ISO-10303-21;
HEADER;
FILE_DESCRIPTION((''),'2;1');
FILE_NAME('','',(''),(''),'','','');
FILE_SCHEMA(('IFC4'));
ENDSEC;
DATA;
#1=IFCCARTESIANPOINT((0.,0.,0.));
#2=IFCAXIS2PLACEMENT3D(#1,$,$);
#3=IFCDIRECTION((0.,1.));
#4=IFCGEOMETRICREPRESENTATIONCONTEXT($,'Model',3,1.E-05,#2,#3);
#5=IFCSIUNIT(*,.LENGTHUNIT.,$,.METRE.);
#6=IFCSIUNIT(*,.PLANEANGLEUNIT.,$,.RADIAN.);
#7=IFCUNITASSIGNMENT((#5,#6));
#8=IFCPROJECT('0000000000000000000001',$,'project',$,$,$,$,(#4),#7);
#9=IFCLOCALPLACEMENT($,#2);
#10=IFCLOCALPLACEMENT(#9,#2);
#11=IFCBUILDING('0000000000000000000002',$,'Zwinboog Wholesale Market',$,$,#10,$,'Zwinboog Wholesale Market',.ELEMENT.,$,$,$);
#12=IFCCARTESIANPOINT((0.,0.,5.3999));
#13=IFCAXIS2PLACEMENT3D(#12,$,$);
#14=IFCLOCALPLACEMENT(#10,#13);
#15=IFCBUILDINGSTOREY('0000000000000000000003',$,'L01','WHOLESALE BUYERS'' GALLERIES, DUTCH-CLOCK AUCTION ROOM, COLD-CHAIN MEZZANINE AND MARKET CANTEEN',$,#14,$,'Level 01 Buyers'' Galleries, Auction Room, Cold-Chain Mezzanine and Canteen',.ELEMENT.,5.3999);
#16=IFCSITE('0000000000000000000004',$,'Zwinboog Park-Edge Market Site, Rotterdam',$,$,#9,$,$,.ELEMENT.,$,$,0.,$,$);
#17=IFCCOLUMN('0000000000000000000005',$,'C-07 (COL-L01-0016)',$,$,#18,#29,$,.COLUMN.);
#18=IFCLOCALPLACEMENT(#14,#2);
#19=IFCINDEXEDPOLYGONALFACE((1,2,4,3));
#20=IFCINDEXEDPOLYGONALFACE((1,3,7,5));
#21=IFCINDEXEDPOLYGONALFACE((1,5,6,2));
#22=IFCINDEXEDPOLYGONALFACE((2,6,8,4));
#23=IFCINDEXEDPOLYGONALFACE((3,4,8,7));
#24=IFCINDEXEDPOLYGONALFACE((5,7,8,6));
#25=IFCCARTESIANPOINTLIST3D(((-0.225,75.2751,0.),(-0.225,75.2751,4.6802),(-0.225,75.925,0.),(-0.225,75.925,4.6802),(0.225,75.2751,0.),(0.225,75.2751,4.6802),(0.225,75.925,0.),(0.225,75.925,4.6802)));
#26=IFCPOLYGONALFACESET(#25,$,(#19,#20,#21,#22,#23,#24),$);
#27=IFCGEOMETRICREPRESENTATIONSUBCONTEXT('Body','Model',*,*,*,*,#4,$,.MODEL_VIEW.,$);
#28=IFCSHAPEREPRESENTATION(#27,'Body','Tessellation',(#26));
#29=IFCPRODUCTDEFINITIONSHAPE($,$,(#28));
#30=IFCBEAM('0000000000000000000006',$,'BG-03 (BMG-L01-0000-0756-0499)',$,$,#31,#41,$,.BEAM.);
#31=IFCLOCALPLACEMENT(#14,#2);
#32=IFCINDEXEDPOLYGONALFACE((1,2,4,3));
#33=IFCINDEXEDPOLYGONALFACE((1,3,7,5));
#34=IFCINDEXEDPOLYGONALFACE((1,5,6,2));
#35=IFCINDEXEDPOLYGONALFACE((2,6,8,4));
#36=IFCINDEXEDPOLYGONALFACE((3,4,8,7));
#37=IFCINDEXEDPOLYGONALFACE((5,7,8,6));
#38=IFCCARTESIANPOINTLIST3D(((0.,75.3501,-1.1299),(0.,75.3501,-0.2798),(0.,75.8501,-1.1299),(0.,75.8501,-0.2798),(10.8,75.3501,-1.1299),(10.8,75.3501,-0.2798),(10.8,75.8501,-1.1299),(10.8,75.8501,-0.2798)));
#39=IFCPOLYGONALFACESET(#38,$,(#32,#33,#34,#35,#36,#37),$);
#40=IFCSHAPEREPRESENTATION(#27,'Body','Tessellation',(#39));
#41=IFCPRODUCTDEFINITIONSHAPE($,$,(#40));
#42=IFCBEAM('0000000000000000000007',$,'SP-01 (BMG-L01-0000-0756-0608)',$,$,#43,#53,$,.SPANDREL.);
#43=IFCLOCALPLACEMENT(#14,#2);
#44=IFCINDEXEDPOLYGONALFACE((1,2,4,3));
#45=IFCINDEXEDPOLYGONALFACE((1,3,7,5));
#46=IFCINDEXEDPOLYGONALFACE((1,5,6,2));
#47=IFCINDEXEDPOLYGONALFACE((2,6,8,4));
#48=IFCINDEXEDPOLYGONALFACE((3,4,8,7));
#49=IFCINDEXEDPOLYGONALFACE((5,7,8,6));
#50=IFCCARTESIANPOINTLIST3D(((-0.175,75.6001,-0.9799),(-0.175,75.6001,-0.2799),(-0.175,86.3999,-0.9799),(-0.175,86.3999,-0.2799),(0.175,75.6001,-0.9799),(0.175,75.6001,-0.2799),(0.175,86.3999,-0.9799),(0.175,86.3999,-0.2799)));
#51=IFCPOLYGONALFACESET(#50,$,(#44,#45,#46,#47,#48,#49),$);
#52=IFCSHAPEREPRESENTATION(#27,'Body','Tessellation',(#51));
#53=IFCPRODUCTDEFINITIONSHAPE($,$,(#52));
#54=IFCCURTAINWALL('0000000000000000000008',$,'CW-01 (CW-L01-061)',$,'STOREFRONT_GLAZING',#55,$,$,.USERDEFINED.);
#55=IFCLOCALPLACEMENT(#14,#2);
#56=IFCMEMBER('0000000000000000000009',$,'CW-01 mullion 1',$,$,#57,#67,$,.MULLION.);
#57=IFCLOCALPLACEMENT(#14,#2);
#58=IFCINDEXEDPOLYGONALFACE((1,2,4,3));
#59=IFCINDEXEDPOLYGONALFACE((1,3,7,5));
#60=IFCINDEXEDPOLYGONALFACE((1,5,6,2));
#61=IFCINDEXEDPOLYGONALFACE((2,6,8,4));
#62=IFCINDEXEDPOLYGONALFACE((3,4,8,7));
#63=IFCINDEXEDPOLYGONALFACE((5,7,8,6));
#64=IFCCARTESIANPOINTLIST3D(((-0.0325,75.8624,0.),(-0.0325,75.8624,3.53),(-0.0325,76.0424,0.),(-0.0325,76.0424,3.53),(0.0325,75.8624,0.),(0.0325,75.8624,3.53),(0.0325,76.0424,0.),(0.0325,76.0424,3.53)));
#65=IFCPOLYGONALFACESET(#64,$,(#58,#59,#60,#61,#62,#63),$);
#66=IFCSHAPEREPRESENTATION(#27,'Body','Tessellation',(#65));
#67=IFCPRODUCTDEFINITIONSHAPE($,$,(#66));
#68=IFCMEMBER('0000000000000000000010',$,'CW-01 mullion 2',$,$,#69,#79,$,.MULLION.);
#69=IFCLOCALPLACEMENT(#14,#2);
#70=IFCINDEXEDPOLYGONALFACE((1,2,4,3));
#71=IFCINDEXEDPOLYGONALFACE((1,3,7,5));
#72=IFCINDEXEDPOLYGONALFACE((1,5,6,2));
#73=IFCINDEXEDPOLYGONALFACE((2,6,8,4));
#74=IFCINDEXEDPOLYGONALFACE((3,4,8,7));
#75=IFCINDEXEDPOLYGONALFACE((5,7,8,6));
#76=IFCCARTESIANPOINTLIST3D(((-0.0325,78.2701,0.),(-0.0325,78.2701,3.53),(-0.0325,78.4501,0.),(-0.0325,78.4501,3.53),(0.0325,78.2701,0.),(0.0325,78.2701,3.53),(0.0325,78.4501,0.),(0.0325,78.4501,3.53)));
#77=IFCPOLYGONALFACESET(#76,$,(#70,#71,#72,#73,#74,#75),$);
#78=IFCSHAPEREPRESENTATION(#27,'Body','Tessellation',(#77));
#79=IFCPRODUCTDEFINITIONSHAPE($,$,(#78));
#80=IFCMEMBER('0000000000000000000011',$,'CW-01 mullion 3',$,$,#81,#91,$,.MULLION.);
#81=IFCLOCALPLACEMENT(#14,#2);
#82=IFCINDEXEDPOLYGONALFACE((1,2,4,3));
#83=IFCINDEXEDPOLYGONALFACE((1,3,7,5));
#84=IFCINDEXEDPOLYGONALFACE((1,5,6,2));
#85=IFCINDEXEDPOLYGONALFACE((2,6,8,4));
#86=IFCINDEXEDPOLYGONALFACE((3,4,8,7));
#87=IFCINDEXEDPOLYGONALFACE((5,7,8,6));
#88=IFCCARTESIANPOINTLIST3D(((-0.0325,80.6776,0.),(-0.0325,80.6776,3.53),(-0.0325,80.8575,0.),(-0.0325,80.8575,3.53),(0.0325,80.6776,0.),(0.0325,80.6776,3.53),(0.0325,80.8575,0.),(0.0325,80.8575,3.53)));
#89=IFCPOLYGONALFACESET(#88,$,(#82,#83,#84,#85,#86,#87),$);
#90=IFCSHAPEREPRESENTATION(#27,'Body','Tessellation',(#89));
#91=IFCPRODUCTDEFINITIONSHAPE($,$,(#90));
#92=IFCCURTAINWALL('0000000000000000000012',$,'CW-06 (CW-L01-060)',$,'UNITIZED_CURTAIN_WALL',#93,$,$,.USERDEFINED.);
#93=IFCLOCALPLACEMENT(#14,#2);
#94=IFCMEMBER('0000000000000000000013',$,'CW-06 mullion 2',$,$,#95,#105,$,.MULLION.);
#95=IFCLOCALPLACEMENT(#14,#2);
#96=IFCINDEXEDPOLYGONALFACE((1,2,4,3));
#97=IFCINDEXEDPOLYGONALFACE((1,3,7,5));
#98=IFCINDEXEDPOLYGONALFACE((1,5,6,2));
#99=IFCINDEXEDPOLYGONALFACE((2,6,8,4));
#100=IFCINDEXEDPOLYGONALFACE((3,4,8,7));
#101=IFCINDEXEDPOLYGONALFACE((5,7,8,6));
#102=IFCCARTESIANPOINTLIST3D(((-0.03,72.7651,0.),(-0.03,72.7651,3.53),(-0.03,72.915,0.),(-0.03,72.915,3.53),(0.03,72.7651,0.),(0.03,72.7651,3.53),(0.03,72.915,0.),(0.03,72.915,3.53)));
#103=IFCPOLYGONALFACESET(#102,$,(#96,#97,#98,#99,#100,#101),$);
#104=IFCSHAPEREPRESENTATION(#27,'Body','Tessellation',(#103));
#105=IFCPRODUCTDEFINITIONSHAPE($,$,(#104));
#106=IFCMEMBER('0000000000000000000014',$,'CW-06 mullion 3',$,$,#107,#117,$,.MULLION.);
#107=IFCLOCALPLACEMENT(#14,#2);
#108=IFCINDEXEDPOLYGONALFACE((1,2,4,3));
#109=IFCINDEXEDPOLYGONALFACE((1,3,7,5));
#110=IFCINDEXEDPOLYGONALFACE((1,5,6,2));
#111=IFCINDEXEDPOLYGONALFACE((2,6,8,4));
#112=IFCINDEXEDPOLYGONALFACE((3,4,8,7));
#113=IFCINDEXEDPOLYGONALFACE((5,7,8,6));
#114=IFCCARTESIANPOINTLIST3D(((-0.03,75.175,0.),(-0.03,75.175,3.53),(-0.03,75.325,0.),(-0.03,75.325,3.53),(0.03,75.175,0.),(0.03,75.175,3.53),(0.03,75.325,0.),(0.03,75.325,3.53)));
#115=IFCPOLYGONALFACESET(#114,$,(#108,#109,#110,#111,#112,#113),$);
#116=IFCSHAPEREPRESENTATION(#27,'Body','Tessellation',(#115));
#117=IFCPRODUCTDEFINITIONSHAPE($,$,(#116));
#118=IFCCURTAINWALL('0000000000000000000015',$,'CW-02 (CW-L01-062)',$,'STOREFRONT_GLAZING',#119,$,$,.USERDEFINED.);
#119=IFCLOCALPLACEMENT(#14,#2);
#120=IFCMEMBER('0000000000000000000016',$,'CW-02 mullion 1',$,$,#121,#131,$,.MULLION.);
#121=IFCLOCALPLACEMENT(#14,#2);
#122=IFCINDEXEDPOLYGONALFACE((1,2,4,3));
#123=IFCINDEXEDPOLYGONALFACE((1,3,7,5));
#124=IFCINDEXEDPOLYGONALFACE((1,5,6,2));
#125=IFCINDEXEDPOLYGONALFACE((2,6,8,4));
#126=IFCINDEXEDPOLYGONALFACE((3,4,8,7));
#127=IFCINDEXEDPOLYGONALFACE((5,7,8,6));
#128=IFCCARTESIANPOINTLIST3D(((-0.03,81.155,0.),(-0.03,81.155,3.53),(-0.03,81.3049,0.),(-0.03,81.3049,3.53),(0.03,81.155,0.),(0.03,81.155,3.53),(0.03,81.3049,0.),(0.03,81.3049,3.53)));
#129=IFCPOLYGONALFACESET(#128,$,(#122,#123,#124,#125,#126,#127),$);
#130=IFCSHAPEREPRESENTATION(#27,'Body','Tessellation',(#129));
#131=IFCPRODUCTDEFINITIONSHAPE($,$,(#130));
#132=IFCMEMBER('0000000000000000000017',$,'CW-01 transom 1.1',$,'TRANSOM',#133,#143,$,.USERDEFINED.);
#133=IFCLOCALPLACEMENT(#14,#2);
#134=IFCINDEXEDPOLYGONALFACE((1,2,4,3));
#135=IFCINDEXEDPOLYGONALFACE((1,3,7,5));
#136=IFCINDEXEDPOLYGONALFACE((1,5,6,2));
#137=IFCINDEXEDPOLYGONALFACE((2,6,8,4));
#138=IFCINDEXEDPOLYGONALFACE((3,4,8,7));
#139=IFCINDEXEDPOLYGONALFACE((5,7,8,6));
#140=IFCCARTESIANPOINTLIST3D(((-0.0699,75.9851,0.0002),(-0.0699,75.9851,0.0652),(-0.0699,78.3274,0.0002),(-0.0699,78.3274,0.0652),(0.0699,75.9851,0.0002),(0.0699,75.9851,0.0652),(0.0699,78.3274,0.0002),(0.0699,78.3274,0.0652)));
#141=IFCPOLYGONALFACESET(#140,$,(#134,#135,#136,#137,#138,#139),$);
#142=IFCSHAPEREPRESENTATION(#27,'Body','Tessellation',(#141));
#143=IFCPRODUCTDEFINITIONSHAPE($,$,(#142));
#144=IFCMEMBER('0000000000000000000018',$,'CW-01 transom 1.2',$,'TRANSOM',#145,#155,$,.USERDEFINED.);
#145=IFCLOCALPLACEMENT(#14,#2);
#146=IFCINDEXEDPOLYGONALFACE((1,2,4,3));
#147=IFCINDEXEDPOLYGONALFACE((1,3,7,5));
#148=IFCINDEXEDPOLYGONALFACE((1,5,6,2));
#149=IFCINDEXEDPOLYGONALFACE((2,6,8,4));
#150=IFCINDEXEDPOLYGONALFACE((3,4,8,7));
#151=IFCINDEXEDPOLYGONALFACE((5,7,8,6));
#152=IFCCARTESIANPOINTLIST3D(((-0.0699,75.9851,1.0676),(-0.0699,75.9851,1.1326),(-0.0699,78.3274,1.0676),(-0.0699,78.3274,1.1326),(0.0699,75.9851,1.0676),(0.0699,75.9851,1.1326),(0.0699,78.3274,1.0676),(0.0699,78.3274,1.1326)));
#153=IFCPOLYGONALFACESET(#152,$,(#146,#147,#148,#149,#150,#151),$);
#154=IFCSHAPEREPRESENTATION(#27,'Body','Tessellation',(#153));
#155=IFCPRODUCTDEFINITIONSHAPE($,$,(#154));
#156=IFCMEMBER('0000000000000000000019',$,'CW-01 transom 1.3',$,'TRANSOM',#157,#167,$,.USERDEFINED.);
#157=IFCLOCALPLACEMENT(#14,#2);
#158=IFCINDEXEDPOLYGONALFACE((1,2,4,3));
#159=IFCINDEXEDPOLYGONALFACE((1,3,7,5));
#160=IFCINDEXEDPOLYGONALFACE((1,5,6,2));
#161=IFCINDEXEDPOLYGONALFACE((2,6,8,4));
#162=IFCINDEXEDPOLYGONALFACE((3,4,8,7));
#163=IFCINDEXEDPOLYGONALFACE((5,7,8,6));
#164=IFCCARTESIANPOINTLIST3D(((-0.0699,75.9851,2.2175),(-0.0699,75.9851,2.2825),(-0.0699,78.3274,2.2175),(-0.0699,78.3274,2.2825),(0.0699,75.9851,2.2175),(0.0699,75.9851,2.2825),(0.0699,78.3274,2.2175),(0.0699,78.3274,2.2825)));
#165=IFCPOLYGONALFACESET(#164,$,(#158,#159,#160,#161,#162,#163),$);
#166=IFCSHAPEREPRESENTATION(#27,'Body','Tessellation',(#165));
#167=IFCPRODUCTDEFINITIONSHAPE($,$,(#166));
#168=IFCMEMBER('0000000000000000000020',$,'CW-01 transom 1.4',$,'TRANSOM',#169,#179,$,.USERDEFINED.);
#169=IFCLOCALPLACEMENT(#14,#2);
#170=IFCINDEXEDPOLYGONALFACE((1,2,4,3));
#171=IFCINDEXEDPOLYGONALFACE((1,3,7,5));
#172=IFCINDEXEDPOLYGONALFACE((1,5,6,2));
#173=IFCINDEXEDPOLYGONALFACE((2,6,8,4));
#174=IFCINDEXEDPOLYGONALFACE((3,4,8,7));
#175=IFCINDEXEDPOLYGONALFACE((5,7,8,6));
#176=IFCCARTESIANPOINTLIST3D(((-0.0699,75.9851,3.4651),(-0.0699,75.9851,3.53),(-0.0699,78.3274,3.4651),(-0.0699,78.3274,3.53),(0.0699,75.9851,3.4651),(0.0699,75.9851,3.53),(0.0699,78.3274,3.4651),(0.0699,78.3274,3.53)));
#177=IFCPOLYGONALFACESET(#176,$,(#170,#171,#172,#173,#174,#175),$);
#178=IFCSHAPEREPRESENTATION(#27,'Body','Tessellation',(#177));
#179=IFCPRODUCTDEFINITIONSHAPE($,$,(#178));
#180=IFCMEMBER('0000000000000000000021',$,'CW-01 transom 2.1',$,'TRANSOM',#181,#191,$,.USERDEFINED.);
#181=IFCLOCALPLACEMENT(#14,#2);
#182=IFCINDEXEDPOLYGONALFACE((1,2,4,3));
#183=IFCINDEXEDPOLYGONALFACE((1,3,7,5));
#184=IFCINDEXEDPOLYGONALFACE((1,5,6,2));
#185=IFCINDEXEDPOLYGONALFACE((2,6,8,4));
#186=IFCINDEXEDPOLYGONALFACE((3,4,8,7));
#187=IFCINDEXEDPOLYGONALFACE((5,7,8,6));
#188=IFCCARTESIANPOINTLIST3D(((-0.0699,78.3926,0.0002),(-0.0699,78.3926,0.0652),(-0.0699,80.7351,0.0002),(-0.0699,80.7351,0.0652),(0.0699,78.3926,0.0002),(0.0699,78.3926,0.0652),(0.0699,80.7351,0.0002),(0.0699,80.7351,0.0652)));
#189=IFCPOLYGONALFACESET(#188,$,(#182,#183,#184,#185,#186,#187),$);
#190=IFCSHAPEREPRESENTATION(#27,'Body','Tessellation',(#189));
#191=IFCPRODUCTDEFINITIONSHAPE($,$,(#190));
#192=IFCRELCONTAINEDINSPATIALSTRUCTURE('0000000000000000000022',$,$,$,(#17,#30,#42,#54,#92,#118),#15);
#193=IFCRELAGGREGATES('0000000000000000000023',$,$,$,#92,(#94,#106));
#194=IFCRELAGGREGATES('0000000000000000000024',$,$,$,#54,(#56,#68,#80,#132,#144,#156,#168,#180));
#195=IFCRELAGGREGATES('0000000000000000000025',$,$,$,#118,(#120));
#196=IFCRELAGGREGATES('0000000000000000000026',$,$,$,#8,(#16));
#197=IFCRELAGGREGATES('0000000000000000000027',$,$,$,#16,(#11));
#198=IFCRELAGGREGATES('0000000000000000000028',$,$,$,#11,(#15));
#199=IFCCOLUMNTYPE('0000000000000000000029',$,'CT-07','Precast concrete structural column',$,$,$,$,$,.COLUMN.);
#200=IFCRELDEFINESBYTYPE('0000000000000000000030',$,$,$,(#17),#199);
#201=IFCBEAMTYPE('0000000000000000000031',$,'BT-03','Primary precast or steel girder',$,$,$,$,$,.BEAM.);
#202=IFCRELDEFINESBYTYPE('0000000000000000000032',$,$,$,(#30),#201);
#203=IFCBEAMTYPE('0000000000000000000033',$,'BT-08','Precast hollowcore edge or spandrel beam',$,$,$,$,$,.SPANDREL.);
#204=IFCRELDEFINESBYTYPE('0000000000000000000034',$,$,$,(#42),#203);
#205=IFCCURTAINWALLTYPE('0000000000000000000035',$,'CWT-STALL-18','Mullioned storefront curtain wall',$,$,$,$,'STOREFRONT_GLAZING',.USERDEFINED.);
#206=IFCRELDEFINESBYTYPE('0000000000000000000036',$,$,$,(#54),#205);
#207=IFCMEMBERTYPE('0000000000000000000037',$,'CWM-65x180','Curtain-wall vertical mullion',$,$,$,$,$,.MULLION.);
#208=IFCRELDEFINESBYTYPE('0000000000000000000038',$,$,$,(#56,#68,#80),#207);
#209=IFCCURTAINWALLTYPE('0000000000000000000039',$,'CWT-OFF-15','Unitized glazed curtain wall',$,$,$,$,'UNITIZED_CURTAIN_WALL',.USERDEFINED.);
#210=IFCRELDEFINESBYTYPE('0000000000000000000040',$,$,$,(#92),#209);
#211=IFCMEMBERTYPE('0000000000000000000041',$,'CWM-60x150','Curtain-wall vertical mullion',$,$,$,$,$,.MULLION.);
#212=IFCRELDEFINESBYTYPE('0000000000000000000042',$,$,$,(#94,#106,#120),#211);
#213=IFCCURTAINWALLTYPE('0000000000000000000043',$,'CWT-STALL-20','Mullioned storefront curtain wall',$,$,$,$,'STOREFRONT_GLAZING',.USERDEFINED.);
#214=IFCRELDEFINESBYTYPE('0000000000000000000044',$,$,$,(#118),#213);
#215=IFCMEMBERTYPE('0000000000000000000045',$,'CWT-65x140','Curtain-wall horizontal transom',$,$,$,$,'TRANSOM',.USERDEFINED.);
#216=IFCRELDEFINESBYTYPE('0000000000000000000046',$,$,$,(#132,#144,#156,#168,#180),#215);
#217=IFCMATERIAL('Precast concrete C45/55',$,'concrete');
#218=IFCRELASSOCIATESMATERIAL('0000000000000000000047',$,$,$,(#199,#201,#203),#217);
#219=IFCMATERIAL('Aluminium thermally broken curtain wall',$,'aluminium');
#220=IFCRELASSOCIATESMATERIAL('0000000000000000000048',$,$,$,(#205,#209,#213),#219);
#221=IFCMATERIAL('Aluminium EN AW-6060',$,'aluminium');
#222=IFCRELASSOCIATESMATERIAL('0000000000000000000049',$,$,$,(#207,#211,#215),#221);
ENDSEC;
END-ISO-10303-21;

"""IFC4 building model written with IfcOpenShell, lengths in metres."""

from ifc_helpers import new_model, si_unit, direction, frame, origin, origin_2d, place, context, subcontext, project, spatial, rectangle, extrude, material, material_profile, profile_set, type_object, element, aggregate, save


model = new_model("IFC4")

# Units and contexts
model_context = context("Model", 3, precision=1e-05, world=origin(), true_north=direction((0.0, 1.0)))
body_context = subcontext(model_context, "Body", "Model", "MODEL_VIEW")
ifc_project = project(units=[si_unit("LENGTHUNIT", "METRE"), si_unit("PLANEANGLEUNIT", "RADIAN")], contexts=[model_context])

# Site, building, storey
site_placement = place(None, origin())
site = spatial("IfcSite", under=ifc_project, at=site_placement, Name="Zwinboog Park-Edge Market Site, Rotterdam", CompositionType="ELEMENT", RefElevation=0.0)
building_placement = place(site_placement, origin())
building = spatial("IfcBuilding", under=site, at=building_placement, Name="Zwinboog Wholesale Market", LongName="Zwinboog Wholesale Market", CompositionType="ELEMENT")
storey_placement = place(building_placement, frame((0.0, 0.0, 5.3999)))
storey = spatial("IfcBuildingStorey", under=building, at=storey_placement, Name="L01", Description="WHOLESALE BUYERS' GALLERIES, DUTCH-CLOCK AUCTION ROOM, COLD-CHAIN MEZZANINE AND MARKET CANTEEN", LongName="Level 01 Buyers' Galleries, Auction Room, Cold-Chain Mezzanine and Canteen", CompositionType="ELEMENT", Elevation=5.3999)

# Column
ifc_material_1 = material(Name="Precast concrete C45/55", Category="concrete")
ifc_material_profile_1 = material_profile(ifc_material_1, rectangle(XDim=0.45, YDim=0.6499, at=origin_2d()), Name="PC 450x650")
ifc_profile_set_1 = profile_set([ifc_material_profile_1], Name="Precast concrete C45/55")
column_type = type_object("IfcColumnType", Name="CT-07", Description="Precast concrete structural column", PredefinedType="COLUMN", material=ifc_profile_set_1)
column_placement = place(storey_placement, frame((0.0, 75.6001, 0.0), z_axis=(0.0, 0.0, 1.0), x_axis=(1.0, 0.0, 0.0)))
element("IfcColumn", 1, at=column_placement, inside=storey, type_object=column_type, Name="C-07 (COL-L01-0016)", PredefinedType="COLUMN", context=body_context, shape_type="SweptSolid", body=[
    extrude(rectangle(XDim=0.45, YDim=0.6499, at=origin_2d()), origin(), (0.0, 0.0, 1.0), 4.6802),
])

# Beams
ifc_material_profile_2 = material_profile(ifc_material_1, rectangle(XDim=0.5, YDim=0.8501, at=origin_2d()), Name="PC 500x850")
ifc_profile_set_2 = profile_set([ifc_material_profile_2], Name="Precast concrete C45/55")
beam_type_1 = type_object("IfcBeamType", Name="BT-03", Description="Primary precast or steel girder", PredefinedType="BEAM", material=ifc_profile_set_2)
beam_1_placement = place(storey_placement, frame((0.0, 75.6001, -0.7048), z_axis=(1.0, 0.0, 0.0), x_axis=(0.0, 1.0, 0.0)))
element("IfcBeam", 2, at=beam_1_placement, inside=storey, type_object=beam_type_1, Name="BG-03 (BMG-L01-0000-0756-0499)", PredefinedType="BEAM", context=body_context, shape_type="SweptSolid", body=[
    extrude(rectangle(XDim=0.5, YDim=0.8501, at=origin_2d()), origin(), (0.0, 0.0, 1.0), 10.8),
])
ifc_material_profile_3 = material_profile(ifc_material_1, rectangle(XDim=0.3501, YDim=0.7, at=origin_2d()), Name="PC 350x700")
ifc_profile_set_3 = profile_set([ifc_material_profile_3], Name="Precast concrete C45/55")
beam_type_2 = type_object("IfcBeamType", Name="BT-08", Description="Precast hollowcore edge or spandrel beam", PredefinedType="SPANDREL", material=ifc_profile_set_3)
beam_2_placement = place(storey_placement, frame((0.0, 75.6001, -0.6299), z_axis=(0.0, 1.0, 0.0), x_axis=(-1.0, 0.0, 0.0)))
element("IfcBeam", 3, at=beam_2_placement, inside=storey, type_object=beam_type_2, Name="SP-01 (BMG-L01-0000-0756-0608)", PredefinedType="SPANDREL", context=body_context, shape_type="SweptSolid", body=[
    extrude(rectangle(XDim=0.3501, YDim=0.7, at=origin_2d()), origin(), (0.0, 0.0, 1.0), 10.7998),
])

# Curtain walls, members
ifc_material_2 = material(Name="Aluminium thermally broken curtain wall", Category="aluminium")
curtain_wall_type_1 = type_object("IfcCurtainWallType", Name="CWT-STALL-18", Description="Mullioned storefront curtain wall", ElementType="STOREFRONT_GLAZING", PredefinedType="USERDEFINED", material=ifc_material_2)
curtain_wall_1_placement = place(storey_placement, origin())
curtain_wall_1 = element("IfcCurtainWall", 4, at=curtain_wall_1_placement, inside=storey, type_object=curtain_wall_type_1, Name="CW-01 (CW-L01-061)", ObjectType="STOREFRONT_GLAZING", PredefinedType="USERDEFINED")
ifc_material_3 = material(Name="Aluminium EN AW-6060", Category="aluminium")
ifc_material_profile_4 = material_profile(ifc_material_3, rectangle(XDim=0.0649, YDim=0.1799, at=origin_2d()), Name="AL 65x180")
ifc_profile_set_4 = profile_set([ifc_material_profile_4], Name="Aluminium EN AW-6060")
member_type_1 = type_object("IfcMemberType", Name="CWM-65x180", Description="Curtain-wall vertical mullion", PredefinedType="MULLION", material=ifc_profile_set_4)
member_1_placement = place(storey_placement, frame((0.0, 75.9524, 0.0), z_axis=(0.0, 0.0, 1.0), x_axis=(-1.0, 0.0, 0.0)))
member_1 = element("IfcMember", 5, at=member_1_placement, type_object=member_type_1, Name="CW-01 mullion 1", PredefinedType="MULLION", context=body_context, shape_type="SweptSolid", body=[
    extrude(rectangle(XDim=0.0649, YDim=0.1799, at=origin_2d()), origin(), (0.0, 0.0, 1.0), 3.53),
])
member_2_placement = place(storey_placement, frame((0.0, 78.3601, 0.0), z_axis=(0.0, 0.0, 1.0), x_axis=(-1.0, 0.0, 0.0)))
member_2 = element("IfcMember", 6, at=member_2_placement, type_object=member_type_1, Name="CW-01 mullion 2", PredefinedType="MULLION", context=body_context, shape_type="SweptSolid", body=[
    extrude(rectangle(XDim=0.0649, YDim=0.1799, at=origin_2d()), origin(), (0.0, 0.0, 1.0), 3.53),
])
member_3_placement = place(storey_placement, frame((0.0, 80.7676, 0.0), z_axis=(0.0, 0.0, 1.0), x_axis=(-1.0, 0.0, 0.0)))
member_3 = element("IfcMember", 7, at=member_3_placement, type_object=member_type_1, Name="CW-01 mullion 3", PredefinedType="MULLION", context=body_context, shape_type="SweptSolid", body=[
    extrude(rectangle(XDim=0.0649, YDim=0.1799, at=origin_2d()), origin(), (0.0, 0.0, 1.0), 3.53),
])
curtain_wall_type_2 = type_object("IfcCurtainWallType", Name="CWT-OFF-15", Description="Unitized glazed curtain wall", ElementType="UNITIZED_CURTAIN_WALL", PredefinedType="USERDEFINED", material=ifc_material_2)
curtain_wall_2_placement = place(storey_placement, origin())
curtain_wall_2 = element("IfcCurtainWall", 8, at=curtain_wall_2_placement, inside=storey, type_object=curtain_wall_type_2, Name="CW-06 (CW-L01-060)", ObjectType="UNITIZED_CURTAIN_WALL", PredefinedType="USERDEFINED")
ifc_material_profile_5 = material_profile(ifc_material_3, rectangle(XDim=0.0601, YDim=0.1499, at=origin_2d()), Name="AL 60x150")
ifc_profile_set_5 = profile_set([ifc_material_profile_5], Name="Aluminium EN AW-6060")
member_type_2 = type_object("IfcMemberType", Name="CWM-60x150", Description="Curtain-wall vertical mullion", PredefinedType="MULLION", material=ifc_profile_set_5)
member_4_placement = place(storey_placement, frame((0.0, 72.8401, 0.0), z_axis=(0.0, 0.0, 1.0), x_axis=(-1.0, 0.0, 0.0)))
member_4 = element("IfcMember", 9, at=member_4_placement, type_object=member_type_2, Name="CW-06 mullion 2", PredefinedType="MULLION", context=body_context, shape_type="SweptSolid", body=[
    extrude(rectangle(XDim=0.0601, YDim=0.1499, at=origin_2d()), origin(), (0.0, 0.0, 1.0), 3.53),
])
member_5_placement = place(storey_placement, frame((0.0, 75.25, 0.0), z_axis=(0.0, 0.0, 1.0), x_axis=(-1.0, 0.0, 0.0)))
member_5 = element("IfcMember", 10, at=member_5_placement, type_object=member_type_2, Name="CW-06 mullion 3", PredefinedType="MULLION", context=body_context, shape_type="SweptSolid", body=[
    extrude(rectangle(XDim=0.0601, YDim=0.1499, at=origin_2d()), origin(), (0.0, 0.0, 1.0), 3.53),
])

# Curtain wall, member
curtain_wall_type_3 = type_object("IfcCurtainWallType", Name="CWT-STALL-20", Description="Mullioned storefront curtain wall", ElementType="STOREFRONT_GLAZING", PredefinedType="USERDEFINED", material=ifc_material_2)
curtain_wall_3_placement = place(storey_placement, origin())
curtain_wall_3 = element("IfcCurtainWall", 11, at=curtain_wall_3_placement, inside=storey, type_object=curtain_wall_type_3, Name="CW-02 (CW-L01-062)", ObjectType="STOREFRONT_GLAZING", PredefinedType="USERDEFINED")
member_6_placement = place(storey_placement, frame((0.0, 81.23, 0.0), z_axis=(0.0, 0.0, 1.0), x_axis=(-1.0, 0.0, 0.0)))
member_6 = element("IfcMember", 12, at=member_6_placement, type_object=member_type_2, Name="CW-02 mullion 1", PredefinedType="MULLION", context=body_context, shape_type="SweptSolid", body=[
    extrude(rectangle(XDim=0.0601, YDim=0.1499, at=origin_2d()), origin(), (0.0, 0.0, 1.0), 3.53),
])

# Members
ifc_material_profile_6 = material_profile(ifc_material_3, rectangle(XDim=0.1399, YDim=0.0649, at=origin_2d()), Name="AL 65x140")
ifc_profile_set_6 = profile_set([ifc_material_profile_6], Name="Aluminium EN AW-6060")
member_type_3 = type_object("IfcMemberType", Name="CWT-65x140", Description="Curtain-wall horizontal transom", ElementType="TRANSOM", PredefinedType="USERDEFINED", material=ifc_profile_set_6)
member_7_placement = place(storey_placement, frame((0.0, 75.9851, 0.0327), z_axis=(0.0, 1.0, 0.0), x_axis=(-1.0, 0.0, 0.0)))
member_7 = element("IfcMember", 13, at=member_7_placement, type_object=member_type_3, Name="CW-01 transom 1.1", ObjectType="TRANSOM", PredefinedType="USERDEFINED", context=body_context, shape_type="SweptSolid", body=[
    extrude(rectangle(XDim=0.1399, YDim=0.0649, at=origin_2d()), origin(), (0.0, 0.0, 1.0), 2.3423),
])
member_8_placement = place(storey_placement, frame((0.0, 75.9851, 1.1001), z_axis=(0.0, 1.0, 0.0), x_axis=(-1.0, 0.0, 0.0)))
member_8 = element("IfcMember", 14, at=member_8_placement, type_object=member_type_3, Name="CW-01 transom 1.2", ObjectType="TRANSOM", PredefinedType="USERDEFINED", context=body_context, shape_type="SweptSolid", body=[
    extrude(rectangle(XDim=0.1399, YDim=0.0649, at=origin_2d()), origin(), (0.0, 0.0, 1.0), 2.3423),
])
member_9_placement = place(storey_placement, frame((0.0, 75.9851, 2.25), z_axis=(0.0, 1.0, 0.0), x_axis=(-1.0, 0.0, 0.0)))
member_9 = element("IfcMember", 15, at=member_9_placement, type_object=member_type_3, Name="CW-01 transom 1.3", ObjectType="TRANSOM", PredefinedType="USERDEFINED", context=body_context, shape_type="SweptSolid", body=[
    extrude(rectangle(XDim=0.1399, YDim=0.0649, at=origin_2d()), origin(), (0.0, 0.0, 1.0), 2.3423),
])
member_10_placement = place(storey_placement, frame((0.0, 75.9851, 3.4976), z_axis=(0.0, 1.0, 0.0), x_axis=(-1.0, 0.0, 0.0)))
member_10 = element("IfcMember", 16, at=member_10_placement, type_object=member_type_3, Name="CW-01 transom 1.4", ObjectType="TRANSOM", PredefinedType="USERDEFINED", context=body_context, shape_type="SweptSolid", body=[
    extrude(rectangle(XDim=0.1399, YDim=0.0649, at=origin_2d()), origin(), (0.0, 0.0, 1.0), 2.3423),
])
member_11_placement = place(storey_placement, frame((0.0, 78.3926, 0.0327), z_axis=(0.0, 1.0, 0.0), x_axis=(-1.0, 0.0, 0.0)))
member_11 = element("IfcMember", 17, at=member_11_placement, type_object=member_type_3, Name="CW-01 transom 2.1", ObjectType="TRANSOM", PredefinedType="USERDEFINED", context=body_context, shape_type="SweptSolid", body=[
    extrude(rectangle(XDim=0.1399, YDim=0.0649, at=origin_2d()), origin(), (0.0, 0.0, 1.0), 2.3425),
])

aggregate(curtain_wall_2, [member_4, member_5])
aggregate(curtain_wall_1, [member_1, member_2, member_3, member_7, member_8, member_9, member_10, member_11])
aggregate(curtain_wall_3, [member_6])

save(model, "model.ifc")
